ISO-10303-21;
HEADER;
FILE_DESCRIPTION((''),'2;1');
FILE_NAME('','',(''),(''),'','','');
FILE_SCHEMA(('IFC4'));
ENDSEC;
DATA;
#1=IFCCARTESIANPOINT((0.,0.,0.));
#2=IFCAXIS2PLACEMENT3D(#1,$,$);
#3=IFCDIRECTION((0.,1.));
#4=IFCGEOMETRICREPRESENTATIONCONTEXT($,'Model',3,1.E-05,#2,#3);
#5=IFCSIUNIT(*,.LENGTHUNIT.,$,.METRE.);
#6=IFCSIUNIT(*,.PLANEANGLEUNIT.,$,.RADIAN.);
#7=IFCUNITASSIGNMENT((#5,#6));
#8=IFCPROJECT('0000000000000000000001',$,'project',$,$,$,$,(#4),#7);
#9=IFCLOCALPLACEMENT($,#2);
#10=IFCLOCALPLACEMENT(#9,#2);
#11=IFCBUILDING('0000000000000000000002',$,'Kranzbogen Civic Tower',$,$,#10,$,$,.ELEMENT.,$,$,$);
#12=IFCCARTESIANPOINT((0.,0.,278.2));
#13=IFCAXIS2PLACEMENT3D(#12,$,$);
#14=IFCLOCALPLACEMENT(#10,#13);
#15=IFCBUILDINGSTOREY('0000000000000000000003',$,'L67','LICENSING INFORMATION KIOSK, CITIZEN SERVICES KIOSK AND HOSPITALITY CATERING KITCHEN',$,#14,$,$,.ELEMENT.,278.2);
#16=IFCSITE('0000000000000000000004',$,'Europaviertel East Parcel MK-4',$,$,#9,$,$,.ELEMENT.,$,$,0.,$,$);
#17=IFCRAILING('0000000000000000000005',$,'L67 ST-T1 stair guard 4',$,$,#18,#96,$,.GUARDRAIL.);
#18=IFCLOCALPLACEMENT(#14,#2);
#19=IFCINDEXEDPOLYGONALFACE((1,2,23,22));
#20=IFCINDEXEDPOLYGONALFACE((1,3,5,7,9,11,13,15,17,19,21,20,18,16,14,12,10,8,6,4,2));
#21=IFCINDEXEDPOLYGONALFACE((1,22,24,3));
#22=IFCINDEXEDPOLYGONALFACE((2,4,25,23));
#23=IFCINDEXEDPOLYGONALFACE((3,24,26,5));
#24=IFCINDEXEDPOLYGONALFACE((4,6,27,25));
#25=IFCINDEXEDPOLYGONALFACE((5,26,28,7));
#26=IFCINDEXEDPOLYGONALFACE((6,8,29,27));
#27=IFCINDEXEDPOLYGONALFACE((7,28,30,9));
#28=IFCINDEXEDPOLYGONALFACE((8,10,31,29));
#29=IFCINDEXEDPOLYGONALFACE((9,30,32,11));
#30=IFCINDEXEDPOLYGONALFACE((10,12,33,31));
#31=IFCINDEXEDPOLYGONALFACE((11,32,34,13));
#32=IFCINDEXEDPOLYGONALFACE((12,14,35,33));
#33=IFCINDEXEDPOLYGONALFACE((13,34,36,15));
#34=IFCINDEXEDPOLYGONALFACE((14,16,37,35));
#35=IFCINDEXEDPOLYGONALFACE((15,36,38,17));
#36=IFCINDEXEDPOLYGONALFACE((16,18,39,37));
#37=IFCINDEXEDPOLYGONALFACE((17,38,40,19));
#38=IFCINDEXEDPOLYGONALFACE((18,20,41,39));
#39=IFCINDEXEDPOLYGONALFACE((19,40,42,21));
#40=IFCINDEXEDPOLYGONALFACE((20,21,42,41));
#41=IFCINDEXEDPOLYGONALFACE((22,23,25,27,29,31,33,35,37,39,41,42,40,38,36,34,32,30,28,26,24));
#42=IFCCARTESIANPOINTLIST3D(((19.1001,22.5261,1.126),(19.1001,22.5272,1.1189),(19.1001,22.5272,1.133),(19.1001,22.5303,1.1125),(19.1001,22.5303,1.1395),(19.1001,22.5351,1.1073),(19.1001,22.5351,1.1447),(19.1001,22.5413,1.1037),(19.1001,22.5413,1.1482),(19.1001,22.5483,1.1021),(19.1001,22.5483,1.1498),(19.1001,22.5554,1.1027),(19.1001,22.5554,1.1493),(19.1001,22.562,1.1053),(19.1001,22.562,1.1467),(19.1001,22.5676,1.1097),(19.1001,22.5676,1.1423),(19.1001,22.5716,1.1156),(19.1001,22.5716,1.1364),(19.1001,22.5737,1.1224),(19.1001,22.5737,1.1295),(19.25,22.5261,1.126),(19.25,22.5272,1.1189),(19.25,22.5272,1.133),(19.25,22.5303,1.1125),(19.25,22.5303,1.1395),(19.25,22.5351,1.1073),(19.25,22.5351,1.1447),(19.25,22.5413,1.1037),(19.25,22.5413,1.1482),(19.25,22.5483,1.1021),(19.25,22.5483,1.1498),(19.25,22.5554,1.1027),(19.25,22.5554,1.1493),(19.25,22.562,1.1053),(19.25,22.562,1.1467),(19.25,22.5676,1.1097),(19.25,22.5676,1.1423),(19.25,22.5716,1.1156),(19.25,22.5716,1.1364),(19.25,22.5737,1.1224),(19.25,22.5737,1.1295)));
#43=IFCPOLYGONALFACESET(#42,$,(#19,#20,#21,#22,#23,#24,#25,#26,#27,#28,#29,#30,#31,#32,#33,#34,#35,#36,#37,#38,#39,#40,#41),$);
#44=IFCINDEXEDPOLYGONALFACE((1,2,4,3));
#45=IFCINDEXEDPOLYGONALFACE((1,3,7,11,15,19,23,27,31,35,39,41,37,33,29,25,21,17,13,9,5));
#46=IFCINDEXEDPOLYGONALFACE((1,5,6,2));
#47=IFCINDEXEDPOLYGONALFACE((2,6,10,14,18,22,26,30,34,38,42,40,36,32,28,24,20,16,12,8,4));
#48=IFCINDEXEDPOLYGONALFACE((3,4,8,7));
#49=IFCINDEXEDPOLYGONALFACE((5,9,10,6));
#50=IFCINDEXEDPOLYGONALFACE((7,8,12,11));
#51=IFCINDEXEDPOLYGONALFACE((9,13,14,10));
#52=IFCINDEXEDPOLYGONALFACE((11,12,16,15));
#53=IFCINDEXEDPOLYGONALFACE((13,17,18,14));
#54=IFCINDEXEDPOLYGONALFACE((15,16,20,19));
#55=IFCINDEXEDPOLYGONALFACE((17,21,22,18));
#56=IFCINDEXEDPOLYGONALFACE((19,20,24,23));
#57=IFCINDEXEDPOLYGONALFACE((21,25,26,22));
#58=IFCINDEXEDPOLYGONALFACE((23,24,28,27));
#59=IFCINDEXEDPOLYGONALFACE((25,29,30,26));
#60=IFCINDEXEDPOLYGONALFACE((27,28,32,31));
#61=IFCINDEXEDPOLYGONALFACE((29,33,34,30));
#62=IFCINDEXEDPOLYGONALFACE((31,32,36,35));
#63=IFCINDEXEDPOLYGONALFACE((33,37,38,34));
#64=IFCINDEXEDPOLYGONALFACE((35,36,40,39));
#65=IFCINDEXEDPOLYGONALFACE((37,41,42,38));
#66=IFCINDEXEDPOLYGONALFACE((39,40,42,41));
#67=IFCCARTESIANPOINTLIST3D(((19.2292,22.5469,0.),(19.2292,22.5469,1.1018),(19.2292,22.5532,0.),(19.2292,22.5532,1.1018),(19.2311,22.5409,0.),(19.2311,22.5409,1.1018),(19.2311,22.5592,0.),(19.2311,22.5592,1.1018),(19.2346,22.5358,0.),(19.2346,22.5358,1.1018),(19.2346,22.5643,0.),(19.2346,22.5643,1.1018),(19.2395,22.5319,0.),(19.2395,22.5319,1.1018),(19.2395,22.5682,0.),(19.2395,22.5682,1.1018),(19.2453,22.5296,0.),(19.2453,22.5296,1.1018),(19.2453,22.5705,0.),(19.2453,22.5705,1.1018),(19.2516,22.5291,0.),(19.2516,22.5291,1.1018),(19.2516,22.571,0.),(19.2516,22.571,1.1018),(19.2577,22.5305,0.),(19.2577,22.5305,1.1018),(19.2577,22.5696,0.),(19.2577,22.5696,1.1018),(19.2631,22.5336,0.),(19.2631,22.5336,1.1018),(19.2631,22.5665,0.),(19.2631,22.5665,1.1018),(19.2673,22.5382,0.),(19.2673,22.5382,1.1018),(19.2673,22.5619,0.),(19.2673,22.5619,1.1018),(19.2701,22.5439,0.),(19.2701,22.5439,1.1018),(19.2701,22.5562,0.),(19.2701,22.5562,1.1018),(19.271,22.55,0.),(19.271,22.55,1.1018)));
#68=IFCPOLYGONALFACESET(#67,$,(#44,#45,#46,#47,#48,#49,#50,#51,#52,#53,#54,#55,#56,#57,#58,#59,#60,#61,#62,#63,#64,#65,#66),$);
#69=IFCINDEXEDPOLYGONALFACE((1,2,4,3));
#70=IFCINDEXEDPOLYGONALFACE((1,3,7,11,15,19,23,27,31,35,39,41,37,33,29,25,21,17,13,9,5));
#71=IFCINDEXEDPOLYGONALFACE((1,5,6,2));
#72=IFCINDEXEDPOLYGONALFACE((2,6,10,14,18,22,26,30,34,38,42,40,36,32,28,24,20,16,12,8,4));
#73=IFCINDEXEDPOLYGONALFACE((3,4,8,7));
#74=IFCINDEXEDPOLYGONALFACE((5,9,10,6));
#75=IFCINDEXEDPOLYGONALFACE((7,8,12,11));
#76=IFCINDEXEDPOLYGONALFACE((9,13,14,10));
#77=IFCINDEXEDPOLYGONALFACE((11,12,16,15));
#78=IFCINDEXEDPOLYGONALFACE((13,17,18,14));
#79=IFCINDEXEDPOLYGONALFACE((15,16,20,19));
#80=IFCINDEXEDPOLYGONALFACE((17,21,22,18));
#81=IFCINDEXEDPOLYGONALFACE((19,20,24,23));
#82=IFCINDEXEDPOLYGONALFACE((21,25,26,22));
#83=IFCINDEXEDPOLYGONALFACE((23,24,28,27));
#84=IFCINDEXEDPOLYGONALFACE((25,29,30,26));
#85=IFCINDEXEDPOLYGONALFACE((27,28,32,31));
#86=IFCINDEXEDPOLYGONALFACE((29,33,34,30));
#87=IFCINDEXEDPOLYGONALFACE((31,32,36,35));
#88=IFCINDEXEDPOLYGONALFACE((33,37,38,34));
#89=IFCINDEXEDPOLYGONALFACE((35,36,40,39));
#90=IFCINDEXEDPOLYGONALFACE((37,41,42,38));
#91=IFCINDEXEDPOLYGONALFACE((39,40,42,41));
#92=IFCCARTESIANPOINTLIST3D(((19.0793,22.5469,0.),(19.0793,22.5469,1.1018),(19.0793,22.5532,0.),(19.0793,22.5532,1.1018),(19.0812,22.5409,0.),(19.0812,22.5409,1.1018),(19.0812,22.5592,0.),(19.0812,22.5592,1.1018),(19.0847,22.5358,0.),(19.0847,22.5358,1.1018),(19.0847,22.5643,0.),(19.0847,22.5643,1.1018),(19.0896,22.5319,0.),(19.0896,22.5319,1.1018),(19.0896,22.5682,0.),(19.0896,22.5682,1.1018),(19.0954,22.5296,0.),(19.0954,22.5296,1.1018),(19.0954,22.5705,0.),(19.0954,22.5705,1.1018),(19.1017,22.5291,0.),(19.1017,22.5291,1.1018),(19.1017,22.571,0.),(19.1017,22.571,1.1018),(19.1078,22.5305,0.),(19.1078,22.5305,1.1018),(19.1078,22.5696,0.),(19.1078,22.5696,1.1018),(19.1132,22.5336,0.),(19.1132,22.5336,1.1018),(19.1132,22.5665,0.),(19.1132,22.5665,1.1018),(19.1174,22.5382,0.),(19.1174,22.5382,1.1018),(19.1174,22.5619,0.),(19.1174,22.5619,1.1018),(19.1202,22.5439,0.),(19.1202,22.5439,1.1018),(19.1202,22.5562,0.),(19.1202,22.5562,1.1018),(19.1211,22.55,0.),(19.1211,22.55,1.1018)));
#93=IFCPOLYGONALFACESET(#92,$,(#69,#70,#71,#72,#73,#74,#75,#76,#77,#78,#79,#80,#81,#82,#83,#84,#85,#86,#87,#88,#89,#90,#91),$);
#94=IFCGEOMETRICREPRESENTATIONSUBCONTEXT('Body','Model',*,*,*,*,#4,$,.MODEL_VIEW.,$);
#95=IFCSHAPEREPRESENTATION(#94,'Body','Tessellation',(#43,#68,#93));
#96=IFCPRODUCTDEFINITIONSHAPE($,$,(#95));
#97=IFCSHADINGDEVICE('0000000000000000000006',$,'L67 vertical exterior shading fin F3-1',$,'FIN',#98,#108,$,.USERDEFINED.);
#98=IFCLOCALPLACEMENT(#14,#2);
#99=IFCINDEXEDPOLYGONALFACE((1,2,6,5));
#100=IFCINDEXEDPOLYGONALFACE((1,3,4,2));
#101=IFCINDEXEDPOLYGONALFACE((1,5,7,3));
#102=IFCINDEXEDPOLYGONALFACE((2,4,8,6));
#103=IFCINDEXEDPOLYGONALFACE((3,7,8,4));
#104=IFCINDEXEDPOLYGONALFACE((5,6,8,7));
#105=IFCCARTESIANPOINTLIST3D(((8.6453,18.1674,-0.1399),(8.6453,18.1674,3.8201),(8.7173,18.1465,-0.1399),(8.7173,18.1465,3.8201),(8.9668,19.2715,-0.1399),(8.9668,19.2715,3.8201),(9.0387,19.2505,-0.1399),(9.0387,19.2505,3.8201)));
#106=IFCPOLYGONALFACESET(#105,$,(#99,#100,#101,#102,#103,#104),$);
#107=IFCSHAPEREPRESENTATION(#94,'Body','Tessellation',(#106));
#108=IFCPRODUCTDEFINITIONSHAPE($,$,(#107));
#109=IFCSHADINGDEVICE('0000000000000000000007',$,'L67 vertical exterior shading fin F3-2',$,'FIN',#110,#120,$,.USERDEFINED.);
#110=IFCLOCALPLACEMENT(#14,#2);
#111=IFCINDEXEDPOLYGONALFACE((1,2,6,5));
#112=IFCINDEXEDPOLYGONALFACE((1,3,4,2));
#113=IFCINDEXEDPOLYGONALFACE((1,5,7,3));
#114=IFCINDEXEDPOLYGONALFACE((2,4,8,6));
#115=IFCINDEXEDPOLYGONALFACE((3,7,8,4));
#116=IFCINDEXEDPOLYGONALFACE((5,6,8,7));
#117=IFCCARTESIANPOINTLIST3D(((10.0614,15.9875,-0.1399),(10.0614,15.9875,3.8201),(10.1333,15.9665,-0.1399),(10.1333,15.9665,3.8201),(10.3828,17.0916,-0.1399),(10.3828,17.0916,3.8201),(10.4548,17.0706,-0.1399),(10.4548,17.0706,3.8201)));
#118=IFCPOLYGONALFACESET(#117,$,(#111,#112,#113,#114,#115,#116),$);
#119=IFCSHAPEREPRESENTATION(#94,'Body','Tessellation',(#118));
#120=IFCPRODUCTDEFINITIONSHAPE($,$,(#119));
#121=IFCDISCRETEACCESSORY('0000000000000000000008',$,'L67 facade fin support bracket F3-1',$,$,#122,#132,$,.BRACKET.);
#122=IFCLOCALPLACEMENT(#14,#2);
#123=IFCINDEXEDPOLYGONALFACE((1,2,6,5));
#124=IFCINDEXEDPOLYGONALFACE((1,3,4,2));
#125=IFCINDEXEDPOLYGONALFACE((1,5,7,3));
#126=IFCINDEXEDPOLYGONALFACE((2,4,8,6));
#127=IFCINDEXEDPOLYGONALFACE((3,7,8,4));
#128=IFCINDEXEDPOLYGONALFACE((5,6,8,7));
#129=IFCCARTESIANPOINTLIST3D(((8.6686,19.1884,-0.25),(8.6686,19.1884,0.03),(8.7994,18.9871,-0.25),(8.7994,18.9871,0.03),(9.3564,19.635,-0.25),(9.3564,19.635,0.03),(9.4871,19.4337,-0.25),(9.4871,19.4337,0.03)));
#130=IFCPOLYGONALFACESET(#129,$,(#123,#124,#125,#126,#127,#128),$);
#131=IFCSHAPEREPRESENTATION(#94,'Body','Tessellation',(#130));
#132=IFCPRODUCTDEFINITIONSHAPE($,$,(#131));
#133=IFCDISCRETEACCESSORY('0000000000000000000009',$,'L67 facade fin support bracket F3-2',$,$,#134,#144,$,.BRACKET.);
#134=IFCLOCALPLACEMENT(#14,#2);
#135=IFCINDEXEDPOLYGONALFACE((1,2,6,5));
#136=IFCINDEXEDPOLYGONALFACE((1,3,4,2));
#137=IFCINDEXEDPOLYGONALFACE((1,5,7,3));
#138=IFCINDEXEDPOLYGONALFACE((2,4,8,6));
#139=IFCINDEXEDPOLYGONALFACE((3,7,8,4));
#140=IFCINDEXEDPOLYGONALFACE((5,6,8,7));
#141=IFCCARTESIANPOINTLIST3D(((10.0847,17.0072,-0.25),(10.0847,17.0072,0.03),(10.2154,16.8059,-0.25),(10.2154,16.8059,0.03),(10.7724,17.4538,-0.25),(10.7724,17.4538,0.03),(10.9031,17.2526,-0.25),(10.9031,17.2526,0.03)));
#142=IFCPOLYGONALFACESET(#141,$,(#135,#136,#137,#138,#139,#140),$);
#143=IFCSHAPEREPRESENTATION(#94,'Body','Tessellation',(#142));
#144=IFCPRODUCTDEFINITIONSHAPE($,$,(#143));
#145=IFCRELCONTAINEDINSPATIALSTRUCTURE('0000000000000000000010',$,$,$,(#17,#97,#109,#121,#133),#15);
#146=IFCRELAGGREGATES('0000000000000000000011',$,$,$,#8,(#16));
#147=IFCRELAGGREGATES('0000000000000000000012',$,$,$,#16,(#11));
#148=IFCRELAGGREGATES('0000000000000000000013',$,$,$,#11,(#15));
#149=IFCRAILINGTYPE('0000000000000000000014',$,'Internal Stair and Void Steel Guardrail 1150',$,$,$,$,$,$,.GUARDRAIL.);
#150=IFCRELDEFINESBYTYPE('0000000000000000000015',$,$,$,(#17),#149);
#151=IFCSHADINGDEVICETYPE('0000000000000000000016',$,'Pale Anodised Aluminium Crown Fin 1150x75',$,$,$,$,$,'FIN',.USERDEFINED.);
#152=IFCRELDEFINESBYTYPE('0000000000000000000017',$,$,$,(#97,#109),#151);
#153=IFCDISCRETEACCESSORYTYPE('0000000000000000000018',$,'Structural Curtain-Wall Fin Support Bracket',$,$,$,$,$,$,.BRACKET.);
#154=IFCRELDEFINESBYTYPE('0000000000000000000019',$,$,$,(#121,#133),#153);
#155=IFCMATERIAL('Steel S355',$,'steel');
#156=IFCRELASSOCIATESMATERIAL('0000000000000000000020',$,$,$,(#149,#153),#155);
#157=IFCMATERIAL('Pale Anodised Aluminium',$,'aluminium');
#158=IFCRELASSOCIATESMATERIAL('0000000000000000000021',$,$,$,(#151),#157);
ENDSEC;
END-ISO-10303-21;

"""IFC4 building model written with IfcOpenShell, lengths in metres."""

from ifc_helpers import new_model, si_unit, direction, frame, origin, origin_2d, place, context, subcontext, project, spatial, rectangle, circle, extrude, material, type_object, element, save


model = new_model("IFC4")

# Units and contexts
model_context = context("Model", 3, precision=1e-05, world=origin(), true_north=direction((0.0, 1.0)))
body_context = subcontext(model_context, "Body", "Model", "MODEL_VIEW")
ifc_project = project(units=[si_unit("LENGTHUNIT", "METRE"), si_unit("PLANEANGLEUNIT", "RADIAN")], contexts=[model_context])

# Site, building, storey
site_placement = place(None, origin())
site = spatial("IfcSite", under=ifc_project, at=site_placement, Name="Europaviertel East Parcel MK-4", CompositionType="ELEMENT", RefElevation=0.0)
building_placement = place(site_placement, origin())
building = spatial("IfcBuilding", under=site, at=building_placement, Name="Kranzbogen Civic Tower", CompositionType="ELEMENT")
storey_placement = place(building_placement, frame((0.0, 0.0, 278.2)))
storey = spatial("IfcBuildingStorey", under=building, at=storey_placement, Name="L67", Description="LICENSING INFORMATION KIOSK, CITIZEN SERVICES KIOSK AND HOSPITALITY CATERING KITCHEN", CompositionType="ELEMENT", Elevation=278.2)

# Shared definitions
ifc_material_1 = material(Name="Steel S355", Category="steel")

# Shared definitions
ifc_material_2 = material(Name="Pale Anodised Aluminium", Category="aluminium")

# Railing
railing_type = type_object("IfcRailingType", Name="Internal Stair and Void Steel Guardrail 1150", PredefinedType="GUARDRAIL", material=ifc_material_1)
railing_1_placement = place(storey_placement, frame((19.25, 22.55, 0.0)))
element("IfcRailing", 1, at=railing_1_placement, inside=storey, type_object=railing_type, Name="L67 ST-T1 stair guard 4", PredefinedType="GUARDRAIL", context=body_context, shape_type="SweptSolid", body=[
    extrude(circle(Radius=0.0239, at=origin_2d()), frame((0.0, 0.0, 1.126), z_axis=(-1.0, 0.0, 0.0), x_axis=(0.0, -1.0, 0.0)), (0.0, 0.0, 1.0), 0.1499),
    extrude(circle(Radius=0.021, at=origin_2d()), origin(), (0.0, 0.0, 1.0), 1.1018),
    extrude(circle(Radius=0.021, at=origin_2d()), frame((-0.1499, 0.0, 0.0)), (0.0, 0.0, 1.0), 1.1018),
])

# Shading devices
shading_device_type = type_object("IfcShadingDeviceType", Name="Pale Anodised Aluminium Crown Fin 1150x75", ElementType="FIN", PredefinedType="USERDEFINED", material=ifc_material_2)
for number, where, z_axis, x_axis, name in (
    (2, (8.842, 18.709, -0.1399), (0.0, 0.0, 1.0), (-0.279544, -0.960133, 0.0), "L67 vertical exterior shading fin F3-1"),
    (3, (10.2581, 16.5291, -0.1399), (0.0, 0.0, 1.0), (-0.279544, -0.960133, 0.0), "L67 vertical exterior shading fin F3-2"),
):
    element("IfcShadingDevice", number, at=place(storey_placement, frame(where, z_axis=z_axis, x_axis=x_axis)), inside=storey, type_object=shading_device_type, Name=name, ObjectType="FIN", PredefinedType="USERDEFINED", context=body_context, shape_type="SweptSolid", body=[
        extrude(rectangle(XDim=1.1499, YDim=0.075, at=origin_2d()), origin(), (0.0, 0.0, 1.0), 3.96),
    ])

# Discrete accessories
discrete_accessory_type = type_object("IfcDiscreteAccessoryType", Name="Structural Curtain-Wall Fin Support Bracket", PredefinedType="BRACKET", material=ifc_material_1)
for number, where, z_axis, x_axis, name in (
    (4, (9.0779, 19.311, -0.25), (0.0, 0.0, 1.0), (-0.838671, -0.544639, 0.0), "L67 facade fin support bracket F3-1"),
    (5, (10.4939, 17.1299, -0.25), (0.0, 0.0, 1.0), (-0.838671, -0.544639, 0.0), "L67 facade fin support bracket F3-2"),
):
    element("IfcDiscreteAccessory", number, at=place(storey_placement, frame(where, z_axis=z_axis, x_axis=x_axis)), inside=storey, type_object=discrete_accessory_type, Name=name, PredefinedType="BRACKET", context=body_context, shape_type="SweptSolid", body=[
        extrude(rectangle(XDim=0.8201, YDim=0.24, at=origin_2d()), origin(), (0.0, 0.0, 1.0), 0.28),
    ])

save(model, "model.ifc")
